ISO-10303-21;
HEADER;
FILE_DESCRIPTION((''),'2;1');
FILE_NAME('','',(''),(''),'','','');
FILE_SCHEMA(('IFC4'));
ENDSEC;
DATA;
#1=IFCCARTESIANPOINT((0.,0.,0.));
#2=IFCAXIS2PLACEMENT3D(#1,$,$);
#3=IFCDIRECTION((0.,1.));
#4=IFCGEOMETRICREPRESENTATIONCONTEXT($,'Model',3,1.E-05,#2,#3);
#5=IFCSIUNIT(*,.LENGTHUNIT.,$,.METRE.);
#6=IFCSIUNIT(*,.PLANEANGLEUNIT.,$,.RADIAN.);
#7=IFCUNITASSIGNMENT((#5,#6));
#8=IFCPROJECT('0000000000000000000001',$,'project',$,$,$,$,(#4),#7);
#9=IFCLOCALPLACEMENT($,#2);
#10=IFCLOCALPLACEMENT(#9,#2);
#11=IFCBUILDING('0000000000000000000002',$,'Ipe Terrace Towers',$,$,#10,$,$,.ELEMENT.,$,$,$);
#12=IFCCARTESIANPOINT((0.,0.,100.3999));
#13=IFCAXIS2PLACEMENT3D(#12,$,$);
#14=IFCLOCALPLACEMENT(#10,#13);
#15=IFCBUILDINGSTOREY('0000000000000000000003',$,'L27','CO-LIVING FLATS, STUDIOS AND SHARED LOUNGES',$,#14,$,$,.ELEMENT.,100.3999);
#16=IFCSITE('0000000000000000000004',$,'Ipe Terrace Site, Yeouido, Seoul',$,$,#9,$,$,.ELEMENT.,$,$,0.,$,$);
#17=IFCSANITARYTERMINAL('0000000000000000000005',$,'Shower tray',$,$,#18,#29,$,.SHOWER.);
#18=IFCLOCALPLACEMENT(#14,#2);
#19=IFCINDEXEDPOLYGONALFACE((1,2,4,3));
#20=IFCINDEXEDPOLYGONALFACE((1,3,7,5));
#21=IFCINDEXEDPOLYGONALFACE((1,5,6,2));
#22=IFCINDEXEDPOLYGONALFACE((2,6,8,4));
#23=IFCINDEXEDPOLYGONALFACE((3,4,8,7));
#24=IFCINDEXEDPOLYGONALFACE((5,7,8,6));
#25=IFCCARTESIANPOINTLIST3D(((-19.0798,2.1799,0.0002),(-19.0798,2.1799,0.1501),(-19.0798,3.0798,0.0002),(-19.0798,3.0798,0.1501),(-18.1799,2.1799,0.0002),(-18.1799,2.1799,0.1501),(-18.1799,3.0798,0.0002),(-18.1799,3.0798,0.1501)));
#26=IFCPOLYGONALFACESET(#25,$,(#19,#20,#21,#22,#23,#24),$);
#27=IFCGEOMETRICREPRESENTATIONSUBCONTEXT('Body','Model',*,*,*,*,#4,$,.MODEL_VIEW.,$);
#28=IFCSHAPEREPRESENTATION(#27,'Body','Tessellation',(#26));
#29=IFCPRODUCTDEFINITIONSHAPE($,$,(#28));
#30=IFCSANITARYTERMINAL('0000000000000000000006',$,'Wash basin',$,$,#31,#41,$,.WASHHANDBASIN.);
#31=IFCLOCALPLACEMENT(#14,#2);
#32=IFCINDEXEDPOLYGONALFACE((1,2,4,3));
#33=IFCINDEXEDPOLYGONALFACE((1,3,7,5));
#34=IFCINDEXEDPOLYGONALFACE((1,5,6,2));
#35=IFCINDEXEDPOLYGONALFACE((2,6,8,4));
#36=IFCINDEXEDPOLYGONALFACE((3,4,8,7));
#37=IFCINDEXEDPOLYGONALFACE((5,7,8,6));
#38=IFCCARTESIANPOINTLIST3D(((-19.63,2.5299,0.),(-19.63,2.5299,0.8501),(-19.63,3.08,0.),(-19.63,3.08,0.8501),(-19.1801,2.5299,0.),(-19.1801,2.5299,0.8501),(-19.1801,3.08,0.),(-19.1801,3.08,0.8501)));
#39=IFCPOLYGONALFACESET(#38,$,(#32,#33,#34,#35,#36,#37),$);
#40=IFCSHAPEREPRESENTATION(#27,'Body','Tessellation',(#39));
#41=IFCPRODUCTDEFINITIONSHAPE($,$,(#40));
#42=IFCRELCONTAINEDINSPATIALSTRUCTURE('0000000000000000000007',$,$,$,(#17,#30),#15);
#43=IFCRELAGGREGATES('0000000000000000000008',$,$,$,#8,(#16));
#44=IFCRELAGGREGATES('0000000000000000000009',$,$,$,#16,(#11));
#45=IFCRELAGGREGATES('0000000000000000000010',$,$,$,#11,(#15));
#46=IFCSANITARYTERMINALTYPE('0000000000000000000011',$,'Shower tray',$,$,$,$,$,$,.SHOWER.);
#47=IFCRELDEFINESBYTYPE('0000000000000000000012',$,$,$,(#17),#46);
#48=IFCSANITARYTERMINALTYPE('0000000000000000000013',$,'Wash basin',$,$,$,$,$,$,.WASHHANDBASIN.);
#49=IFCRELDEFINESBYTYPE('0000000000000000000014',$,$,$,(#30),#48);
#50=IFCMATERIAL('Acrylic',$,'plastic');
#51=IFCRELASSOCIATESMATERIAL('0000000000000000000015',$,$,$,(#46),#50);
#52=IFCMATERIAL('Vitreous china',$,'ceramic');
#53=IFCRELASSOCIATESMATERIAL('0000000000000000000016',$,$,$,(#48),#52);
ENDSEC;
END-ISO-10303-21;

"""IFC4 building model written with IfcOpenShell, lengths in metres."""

from ifc_helpers import new_model, si_unit, direction, frame, origin, origin_2d, place, context, subcontext, project, spatial, rectangle, extrude, material, type_object, element, save


model = new_model("IFC4")

# Units and contexts
model_context = context("Model", 3, precision=1e-05, world=origin(), true_north=direction((0.0, 1.0)))
body_context = subcontext(model_context, "Body", "Model", "MODEL_VIEW")
ifc_project = project(units=[si_unit("LENGTHUNIT", "METRE"), si_unit("PLANEANGLEUNIT", "RADIAN")], contexts=[model_context])

# Site, building, storey
site_placement = place(None, origin())
site = spatial("IfcSite", under=ifc_project, at=site_placement, Name="Ipe Terrace Site, Yeouido, Seoul", CompositionType="ELEMENT", RefElevation=0.0)
building_placement = place(site_placement, origin())
building = spatial("IfcBuilding", under=site, at=building_placement, Name="Ipe Terrace Towers", CompositionType="ELEMENT")
storey_placement = place(building_placement, frame((0.0, 0.0, 100.3999)))
storey = spatial("IfcBuildingStorey", under=building, at=storey_placement, Name="L27", Description="CO-LIVING FLATS, STUDIOS AND SHARED LOUNGES", CompositionType="ELEMENT", Elevation=100.3999)

# Sanitary terminals
ifc_material_1 = material(Name="Acrylic", Category="plastic")
sanitary_terminal_type_1 = type_object("IfcSanitaryTerminalType", Name="Shower tray", PredefinedType="SHOWER", material=ifc_material_1)
sanitary_terminal_1_placement = place(storey_placement, frame((-18.6299, 2.6299, 0.0002), z_axis=(0.0, 0.0, 1.0), x_axis=(0.0, -1.0, 0.0)))
element("IfcSanitaryTerminal", 1, at=sanitary_terminal_1_placement, inside=storey, type_object=sanitary_terminal_type_1, Name="Shower tray", PredefinedType="SHOWER", context=body_context, shape_type="SweptSolid", body=[
    extrude(rectangle(XDim=0.8999, YDim=0.8999, at=origin_2d()), origin(), (0.0, 0.0, 1.0), 0.1499),
])
ifc_material_2 = material(Name="Vitreous china", Category="ceramic")
sanitary_terminal_type_2 = type_object("IfcSanitaryTerminalType", Name="Wash basin", PredefinedType="WASHHANDBASIN", material=ifc_material_2)
sanitary_terminal_2_placement = place(storey_placement, frame((-19.405, 2.8049, 0.0), z_axis=(0.0, 0.0, 1.0), x_axis=(0.0, -1.0, 0.0)))
element("IfcSanitaryTerminal", 2, at=sanitary_terminal_2_placement, inside=storey, type_object=sanitary_terminal_type_2, Name="Wash basin", PredefinedType="WASHHANDBASIN", context=body_context, shape_type="SweptSolid", body=[
    extrude(rectangle(XDim=0.55, YDim=0.45, at=origin_2d()), origin(), (0.0, 0.0, 1.0), 0.8501),
])

save(model, "model.ifc")
